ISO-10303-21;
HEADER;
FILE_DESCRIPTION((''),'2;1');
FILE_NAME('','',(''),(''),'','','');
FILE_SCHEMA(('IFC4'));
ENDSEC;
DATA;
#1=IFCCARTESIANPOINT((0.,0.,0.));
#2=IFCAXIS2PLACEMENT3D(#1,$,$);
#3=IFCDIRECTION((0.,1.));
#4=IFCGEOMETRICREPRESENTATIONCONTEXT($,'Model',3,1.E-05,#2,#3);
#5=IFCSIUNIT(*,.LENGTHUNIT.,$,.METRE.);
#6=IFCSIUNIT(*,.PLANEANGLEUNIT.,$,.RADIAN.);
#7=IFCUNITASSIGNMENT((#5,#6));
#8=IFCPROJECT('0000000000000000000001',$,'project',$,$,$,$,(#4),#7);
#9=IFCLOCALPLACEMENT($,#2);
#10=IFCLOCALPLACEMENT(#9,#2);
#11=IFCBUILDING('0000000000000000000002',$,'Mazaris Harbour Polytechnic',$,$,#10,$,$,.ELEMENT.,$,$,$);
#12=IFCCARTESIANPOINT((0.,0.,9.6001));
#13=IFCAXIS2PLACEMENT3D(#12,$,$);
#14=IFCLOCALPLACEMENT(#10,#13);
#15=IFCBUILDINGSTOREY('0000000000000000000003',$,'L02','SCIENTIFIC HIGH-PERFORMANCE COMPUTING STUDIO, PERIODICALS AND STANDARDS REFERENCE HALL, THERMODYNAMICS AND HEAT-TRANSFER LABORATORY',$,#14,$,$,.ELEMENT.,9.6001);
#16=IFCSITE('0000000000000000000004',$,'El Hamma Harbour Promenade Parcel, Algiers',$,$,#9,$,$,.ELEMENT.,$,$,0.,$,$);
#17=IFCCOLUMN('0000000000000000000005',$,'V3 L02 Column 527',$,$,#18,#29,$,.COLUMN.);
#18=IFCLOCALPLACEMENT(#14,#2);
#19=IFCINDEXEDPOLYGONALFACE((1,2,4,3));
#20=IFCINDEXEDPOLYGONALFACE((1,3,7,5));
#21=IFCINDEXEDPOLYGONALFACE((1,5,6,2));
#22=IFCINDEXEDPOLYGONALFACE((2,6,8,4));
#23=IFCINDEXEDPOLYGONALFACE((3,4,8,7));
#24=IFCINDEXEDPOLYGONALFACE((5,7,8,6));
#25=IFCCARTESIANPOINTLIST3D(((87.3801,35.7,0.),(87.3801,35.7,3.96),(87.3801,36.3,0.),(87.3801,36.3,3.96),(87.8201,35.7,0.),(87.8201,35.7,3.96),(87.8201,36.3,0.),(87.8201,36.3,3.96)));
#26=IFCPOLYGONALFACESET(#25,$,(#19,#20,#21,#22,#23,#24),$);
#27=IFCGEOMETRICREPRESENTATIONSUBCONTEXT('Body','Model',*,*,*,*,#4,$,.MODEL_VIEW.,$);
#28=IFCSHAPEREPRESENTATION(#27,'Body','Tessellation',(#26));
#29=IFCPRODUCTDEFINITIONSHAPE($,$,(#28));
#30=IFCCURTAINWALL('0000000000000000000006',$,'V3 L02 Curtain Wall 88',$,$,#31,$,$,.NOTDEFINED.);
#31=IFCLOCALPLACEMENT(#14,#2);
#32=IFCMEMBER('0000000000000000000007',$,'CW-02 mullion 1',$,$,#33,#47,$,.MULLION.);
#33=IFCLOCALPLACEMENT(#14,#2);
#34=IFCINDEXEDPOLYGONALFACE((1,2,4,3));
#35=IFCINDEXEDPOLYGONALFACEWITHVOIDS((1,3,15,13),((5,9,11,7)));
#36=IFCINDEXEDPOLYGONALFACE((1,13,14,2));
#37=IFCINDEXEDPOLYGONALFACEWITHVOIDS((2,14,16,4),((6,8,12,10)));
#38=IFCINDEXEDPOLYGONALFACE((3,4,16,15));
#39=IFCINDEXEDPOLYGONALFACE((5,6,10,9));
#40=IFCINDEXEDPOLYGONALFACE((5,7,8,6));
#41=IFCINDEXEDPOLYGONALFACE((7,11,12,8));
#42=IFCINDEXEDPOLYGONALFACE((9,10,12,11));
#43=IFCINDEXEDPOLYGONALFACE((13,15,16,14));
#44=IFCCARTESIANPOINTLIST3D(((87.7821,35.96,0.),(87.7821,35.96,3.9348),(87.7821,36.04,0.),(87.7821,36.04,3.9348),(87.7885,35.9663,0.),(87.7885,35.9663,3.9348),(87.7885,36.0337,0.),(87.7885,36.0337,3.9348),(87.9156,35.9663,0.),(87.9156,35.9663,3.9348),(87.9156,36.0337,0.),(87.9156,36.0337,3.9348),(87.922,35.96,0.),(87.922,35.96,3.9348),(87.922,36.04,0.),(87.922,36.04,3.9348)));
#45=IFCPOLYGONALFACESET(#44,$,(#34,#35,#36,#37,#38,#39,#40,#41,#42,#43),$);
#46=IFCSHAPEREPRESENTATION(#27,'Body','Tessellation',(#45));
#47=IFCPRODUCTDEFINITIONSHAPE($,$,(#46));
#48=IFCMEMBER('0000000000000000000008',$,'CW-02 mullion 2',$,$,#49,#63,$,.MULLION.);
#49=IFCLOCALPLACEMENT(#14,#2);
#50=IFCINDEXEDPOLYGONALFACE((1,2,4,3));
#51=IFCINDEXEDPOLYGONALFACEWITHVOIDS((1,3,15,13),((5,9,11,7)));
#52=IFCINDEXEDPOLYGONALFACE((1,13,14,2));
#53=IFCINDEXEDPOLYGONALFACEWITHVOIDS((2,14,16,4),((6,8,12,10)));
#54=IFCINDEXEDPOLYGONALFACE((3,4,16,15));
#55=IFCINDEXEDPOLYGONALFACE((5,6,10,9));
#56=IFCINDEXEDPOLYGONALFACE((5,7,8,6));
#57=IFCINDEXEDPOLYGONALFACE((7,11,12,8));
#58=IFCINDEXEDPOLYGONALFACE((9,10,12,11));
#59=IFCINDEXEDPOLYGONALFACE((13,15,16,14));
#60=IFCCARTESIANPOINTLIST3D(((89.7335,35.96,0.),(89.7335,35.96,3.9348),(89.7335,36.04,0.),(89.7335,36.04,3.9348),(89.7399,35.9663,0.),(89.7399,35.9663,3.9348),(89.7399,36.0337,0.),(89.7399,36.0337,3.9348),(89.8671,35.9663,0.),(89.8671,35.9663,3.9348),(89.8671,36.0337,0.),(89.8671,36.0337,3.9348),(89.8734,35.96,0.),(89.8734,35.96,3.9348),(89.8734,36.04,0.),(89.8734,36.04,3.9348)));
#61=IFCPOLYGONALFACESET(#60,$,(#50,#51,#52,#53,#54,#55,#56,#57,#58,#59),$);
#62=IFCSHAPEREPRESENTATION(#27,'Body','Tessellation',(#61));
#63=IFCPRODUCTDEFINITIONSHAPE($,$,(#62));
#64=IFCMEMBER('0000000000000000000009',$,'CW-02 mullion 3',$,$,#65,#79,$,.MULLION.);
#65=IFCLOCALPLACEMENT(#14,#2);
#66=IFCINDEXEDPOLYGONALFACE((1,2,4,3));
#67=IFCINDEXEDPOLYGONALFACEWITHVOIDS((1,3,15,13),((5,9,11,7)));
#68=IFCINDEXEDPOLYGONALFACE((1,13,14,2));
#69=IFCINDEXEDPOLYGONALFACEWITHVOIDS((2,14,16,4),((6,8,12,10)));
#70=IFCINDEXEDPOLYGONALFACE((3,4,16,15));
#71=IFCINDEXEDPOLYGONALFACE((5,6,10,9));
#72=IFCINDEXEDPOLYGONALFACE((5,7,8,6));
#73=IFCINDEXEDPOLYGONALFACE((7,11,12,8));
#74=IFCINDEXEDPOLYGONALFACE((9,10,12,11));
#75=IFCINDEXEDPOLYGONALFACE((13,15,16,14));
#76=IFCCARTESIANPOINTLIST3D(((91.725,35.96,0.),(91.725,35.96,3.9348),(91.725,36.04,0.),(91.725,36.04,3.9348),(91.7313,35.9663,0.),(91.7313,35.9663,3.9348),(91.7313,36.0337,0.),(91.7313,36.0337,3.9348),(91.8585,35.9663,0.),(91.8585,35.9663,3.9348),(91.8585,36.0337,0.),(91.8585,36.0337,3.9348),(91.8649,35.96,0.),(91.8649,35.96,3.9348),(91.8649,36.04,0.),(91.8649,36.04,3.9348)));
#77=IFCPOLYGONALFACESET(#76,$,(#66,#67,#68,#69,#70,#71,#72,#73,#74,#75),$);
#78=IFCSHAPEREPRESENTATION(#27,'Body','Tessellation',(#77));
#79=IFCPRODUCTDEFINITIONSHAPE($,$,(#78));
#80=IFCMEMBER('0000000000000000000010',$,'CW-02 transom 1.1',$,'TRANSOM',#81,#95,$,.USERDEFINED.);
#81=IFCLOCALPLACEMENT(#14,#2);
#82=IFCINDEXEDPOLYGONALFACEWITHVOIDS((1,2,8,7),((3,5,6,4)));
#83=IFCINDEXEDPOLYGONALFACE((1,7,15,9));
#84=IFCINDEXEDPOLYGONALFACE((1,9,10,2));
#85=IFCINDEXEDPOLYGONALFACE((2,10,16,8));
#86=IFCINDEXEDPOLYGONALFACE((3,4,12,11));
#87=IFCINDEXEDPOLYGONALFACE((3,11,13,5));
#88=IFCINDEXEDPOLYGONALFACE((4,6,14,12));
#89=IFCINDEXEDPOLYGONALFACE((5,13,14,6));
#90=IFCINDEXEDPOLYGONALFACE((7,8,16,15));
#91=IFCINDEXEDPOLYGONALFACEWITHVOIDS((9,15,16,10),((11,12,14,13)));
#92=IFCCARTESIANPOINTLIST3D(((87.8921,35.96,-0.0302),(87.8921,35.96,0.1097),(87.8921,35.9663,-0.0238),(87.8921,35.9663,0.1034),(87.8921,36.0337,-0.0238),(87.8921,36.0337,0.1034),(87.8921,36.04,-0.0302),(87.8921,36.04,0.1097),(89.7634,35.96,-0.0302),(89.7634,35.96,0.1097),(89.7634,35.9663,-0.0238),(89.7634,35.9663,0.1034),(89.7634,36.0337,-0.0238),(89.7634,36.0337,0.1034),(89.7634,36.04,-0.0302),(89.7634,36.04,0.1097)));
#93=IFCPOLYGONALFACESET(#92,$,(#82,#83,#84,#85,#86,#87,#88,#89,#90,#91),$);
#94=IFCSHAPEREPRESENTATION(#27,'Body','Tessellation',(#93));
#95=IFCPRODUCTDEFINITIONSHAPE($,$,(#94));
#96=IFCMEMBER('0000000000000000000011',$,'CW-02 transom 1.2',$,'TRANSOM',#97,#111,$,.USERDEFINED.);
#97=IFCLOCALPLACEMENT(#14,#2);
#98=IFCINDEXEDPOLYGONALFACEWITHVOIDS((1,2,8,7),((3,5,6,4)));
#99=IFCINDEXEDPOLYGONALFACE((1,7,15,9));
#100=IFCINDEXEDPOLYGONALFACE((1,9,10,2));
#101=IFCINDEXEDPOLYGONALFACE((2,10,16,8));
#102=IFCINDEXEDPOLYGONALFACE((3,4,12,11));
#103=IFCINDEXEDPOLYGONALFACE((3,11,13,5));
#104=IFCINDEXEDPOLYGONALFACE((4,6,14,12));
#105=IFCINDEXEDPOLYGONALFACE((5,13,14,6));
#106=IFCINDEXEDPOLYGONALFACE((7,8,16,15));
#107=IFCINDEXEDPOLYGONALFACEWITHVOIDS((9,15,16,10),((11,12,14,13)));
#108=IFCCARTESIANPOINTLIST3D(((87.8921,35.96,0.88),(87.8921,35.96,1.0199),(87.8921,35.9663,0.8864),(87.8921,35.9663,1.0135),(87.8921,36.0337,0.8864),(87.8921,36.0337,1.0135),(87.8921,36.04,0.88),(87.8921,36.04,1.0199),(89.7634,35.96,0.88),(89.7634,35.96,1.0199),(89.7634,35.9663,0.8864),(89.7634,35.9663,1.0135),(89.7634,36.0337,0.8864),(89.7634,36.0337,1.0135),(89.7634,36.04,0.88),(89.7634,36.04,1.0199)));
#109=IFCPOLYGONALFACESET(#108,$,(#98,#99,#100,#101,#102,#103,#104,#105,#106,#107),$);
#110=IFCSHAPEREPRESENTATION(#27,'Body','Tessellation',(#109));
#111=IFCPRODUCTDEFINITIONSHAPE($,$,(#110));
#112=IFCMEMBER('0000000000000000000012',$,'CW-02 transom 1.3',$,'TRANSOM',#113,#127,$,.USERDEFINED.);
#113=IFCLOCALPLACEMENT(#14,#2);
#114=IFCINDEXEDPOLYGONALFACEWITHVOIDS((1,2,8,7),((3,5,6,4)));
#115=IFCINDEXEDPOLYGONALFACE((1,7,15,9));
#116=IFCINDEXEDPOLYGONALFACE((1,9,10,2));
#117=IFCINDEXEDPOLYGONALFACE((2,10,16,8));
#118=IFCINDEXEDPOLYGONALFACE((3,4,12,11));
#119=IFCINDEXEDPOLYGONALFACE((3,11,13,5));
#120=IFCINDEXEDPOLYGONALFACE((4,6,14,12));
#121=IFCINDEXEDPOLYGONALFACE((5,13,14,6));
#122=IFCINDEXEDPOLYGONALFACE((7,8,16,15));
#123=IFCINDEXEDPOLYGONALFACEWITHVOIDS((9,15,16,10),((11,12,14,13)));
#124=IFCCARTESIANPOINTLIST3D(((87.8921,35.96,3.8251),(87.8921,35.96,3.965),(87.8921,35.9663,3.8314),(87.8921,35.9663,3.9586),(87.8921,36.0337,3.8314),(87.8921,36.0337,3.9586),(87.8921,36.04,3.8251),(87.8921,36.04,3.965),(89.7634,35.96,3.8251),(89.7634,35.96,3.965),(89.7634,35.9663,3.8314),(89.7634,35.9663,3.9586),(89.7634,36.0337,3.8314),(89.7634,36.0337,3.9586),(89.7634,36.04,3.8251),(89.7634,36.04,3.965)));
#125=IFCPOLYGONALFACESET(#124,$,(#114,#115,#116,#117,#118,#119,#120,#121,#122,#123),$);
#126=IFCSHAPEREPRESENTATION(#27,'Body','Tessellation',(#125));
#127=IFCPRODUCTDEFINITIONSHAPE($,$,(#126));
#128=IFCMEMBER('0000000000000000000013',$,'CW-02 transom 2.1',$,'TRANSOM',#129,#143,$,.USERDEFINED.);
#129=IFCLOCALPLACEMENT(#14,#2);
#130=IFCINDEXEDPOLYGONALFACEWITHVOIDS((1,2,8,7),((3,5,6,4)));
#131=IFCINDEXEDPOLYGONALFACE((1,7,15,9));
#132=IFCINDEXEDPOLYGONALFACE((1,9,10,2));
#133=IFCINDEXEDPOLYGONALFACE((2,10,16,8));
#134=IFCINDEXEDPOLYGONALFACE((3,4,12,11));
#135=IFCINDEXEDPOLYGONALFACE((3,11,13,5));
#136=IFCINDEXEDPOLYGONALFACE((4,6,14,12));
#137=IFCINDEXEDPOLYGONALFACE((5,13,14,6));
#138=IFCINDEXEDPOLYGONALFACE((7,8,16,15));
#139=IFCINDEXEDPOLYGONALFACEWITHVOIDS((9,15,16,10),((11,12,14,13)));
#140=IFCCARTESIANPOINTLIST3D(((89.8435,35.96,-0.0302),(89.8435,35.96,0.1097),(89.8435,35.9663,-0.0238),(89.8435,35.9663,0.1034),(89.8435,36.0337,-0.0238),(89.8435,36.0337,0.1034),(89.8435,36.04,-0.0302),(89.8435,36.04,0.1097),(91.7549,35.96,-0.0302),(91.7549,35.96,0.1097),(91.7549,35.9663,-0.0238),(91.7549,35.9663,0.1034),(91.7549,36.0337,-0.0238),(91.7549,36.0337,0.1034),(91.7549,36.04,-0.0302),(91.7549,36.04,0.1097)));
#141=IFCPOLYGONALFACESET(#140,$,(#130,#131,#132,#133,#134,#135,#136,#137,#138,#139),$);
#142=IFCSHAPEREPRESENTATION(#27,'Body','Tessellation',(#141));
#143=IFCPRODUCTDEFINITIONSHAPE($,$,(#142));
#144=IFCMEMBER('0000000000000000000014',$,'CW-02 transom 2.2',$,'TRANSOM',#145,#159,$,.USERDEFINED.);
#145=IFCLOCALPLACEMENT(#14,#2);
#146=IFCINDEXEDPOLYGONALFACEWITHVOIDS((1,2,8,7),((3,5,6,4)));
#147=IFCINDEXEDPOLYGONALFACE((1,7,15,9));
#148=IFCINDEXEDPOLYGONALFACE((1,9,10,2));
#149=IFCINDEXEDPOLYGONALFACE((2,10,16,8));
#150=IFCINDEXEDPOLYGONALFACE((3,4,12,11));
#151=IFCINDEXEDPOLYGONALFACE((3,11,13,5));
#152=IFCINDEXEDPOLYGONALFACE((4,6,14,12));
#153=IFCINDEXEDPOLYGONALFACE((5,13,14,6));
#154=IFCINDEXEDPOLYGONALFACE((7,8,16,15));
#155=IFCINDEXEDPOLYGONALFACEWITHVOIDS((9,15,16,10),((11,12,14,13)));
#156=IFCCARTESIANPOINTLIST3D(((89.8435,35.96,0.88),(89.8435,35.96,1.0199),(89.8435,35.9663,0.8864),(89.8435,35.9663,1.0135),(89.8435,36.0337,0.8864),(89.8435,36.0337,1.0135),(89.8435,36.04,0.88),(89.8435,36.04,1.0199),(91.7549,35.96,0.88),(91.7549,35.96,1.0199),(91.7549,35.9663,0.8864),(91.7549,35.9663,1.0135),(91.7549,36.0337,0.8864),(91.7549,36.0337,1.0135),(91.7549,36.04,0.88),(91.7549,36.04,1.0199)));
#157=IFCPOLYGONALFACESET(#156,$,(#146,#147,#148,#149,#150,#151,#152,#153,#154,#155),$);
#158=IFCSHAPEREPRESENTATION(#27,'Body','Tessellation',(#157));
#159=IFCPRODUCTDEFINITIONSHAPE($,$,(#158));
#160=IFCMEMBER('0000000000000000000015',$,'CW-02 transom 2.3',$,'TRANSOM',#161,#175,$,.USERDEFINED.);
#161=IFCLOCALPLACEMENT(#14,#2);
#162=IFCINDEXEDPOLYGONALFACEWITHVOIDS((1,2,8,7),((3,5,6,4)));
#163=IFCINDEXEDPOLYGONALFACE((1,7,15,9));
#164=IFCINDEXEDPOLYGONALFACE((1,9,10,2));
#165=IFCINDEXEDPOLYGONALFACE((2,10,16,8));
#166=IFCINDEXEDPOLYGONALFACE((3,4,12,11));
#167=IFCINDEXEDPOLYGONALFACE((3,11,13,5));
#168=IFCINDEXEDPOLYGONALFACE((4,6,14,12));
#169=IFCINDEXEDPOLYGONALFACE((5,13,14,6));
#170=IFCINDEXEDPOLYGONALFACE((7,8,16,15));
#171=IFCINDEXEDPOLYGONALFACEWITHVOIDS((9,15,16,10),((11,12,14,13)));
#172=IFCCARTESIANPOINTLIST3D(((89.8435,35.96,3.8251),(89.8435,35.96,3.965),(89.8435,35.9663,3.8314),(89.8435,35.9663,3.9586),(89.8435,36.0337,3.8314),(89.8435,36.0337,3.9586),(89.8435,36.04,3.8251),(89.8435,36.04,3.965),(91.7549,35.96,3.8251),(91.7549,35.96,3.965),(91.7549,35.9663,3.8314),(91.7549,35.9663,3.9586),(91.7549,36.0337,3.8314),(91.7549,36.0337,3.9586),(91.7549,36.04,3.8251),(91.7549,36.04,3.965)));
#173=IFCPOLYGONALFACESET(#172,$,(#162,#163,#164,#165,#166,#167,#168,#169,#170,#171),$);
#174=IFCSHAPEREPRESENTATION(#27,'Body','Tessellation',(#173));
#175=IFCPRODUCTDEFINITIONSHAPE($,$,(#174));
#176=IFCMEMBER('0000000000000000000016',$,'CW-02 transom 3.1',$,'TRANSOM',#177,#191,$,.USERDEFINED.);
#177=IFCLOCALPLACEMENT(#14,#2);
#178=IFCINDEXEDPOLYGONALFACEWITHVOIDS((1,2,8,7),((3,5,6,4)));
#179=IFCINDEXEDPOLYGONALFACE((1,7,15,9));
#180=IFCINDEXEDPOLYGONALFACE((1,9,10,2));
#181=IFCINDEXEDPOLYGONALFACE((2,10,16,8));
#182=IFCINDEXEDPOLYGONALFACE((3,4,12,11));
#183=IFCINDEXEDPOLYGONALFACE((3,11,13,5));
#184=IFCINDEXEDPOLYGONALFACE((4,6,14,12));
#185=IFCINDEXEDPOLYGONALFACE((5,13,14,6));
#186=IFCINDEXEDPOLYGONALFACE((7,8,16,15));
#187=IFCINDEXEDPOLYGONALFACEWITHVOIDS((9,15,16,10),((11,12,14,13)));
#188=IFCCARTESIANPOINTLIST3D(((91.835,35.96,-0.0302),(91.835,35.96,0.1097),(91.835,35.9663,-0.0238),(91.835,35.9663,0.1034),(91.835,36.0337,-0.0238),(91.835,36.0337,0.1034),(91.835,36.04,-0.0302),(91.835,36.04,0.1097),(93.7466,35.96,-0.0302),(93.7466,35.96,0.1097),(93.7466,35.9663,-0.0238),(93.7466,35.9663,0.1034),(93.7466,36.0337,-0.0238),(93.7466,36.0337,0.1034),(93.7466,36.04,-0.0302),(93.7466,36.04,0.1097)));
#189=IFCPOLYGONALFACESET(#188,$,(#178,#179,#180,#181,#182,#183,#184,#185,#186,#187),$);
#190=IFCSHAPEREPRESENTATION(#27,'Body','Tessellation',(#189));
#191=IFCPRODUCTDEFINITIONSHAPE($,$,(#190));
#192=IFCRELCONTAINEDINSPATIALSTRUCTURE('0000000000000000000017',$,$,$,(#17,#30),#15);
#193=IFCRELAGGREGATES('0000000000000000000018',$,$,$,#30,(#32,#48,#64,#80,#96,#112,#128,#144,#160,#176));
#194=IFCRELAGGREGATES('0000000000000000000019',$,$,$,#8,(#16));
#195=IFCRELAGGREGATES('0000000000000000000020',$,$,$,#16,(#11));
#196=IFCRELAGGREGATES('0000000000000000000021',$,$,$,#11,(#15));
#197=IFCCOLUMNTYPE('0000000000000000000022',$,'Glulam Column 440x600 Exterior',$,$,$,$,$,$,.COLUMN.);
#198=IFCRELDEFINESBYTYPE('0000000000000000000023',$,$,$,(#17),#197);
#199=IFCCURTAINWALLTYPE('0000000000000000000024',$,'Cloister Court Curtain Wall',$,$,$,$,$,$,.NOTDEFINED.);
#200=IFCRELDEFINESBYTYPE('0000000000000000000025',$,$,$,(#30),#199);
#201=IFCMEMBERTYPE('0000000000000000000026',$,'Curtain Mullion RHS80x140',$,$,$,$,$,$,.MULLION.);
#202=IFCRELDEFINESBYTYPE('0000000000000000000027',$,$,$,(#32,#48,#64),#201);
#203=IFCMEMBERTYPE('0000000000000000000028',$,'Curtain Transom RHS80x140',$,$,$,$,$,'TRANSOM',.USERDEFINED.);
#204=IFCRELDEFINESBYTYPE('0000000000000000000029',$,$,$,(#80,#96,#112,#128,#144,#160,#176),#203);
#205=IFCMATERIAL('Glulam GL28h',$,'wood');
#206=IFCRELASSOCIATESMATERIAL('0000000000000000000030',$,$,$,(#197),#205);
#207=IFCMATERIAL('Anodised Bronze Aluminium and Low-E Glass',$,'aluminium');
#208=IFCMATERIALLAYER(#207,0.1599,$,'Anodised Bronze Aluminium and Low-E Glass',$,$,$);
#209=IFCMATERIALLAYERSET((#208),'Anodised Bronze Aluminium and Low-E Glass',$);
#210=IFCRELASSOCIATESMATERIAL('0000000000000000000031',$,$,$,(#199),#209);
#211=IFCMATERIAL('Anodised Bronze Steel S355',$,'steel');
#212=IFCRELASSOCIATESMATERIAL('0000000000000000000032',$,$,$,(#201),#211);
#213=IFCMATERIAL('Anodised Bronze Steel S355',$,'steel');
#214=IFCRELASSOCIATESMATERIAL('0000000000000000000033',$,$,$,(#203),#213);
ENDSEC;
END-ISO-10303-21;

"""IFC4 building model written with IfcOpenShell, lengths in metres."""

from ifc_helpers import new_model, si_unit, direction, frame, origin, origin_2d, place, context, subcontext, project, spatial, rectangle, hollow_rectangle, extrude, material, layer, layer_set, material_profile, profile_set, type_object, element, aggregate, save


model = new_model("IFC4")

# Units and contexts
model_context = context("Model", 3, precision=1e-05, world=origin(), true_north=direction((0.0, 1.0)))
body_context = subcontext(model_context, "Body", "Model", "MODEL_VIEW")
ifc_project = project(units=[si_unit("LENGTHUNIT", "METRE"), si_unit("PLANEANGLEUNIT", "RADIAN")], contexts=[model_context])

# Site, building, storey
site_placement = place(None, origin())
site = spatial("IfcSite", under=ifc_project, at=site_placement, Name="El Hamma Harbour Promenade Parcel, Algiers", CompositionType="ELEMENT", RefElevation=0.0)
building_placement = place(site_placement, origin())
building = spatial("IfcBuilding", under=site, at=building_placement, Name="Mazaris Harbour Polytechnic", CompositionType="ELEMENT")
storey_placement = place(building_placement, frame((0.0, 0.0, 9.6001)))
storey = spatial("IfcBuildingStorey", under=building, at=storey_placement, Name="L02", Description="SCIENTIFIC HIGH-PERFORMANCE COMPUTING STUDIO, PERIODICALS AND STANDARDS REFERENCE HALL, THERMODYNAMICS AND HEAT-TRANSFER LABORATORY", CompositionType="ELEMENT", Elevation=9.6001)

# Column
ifc_material_1 = material(Name="Glulam GL28h", Category="wood")
ifc_material_profile_1 = material_profile(ifc_material_1, rectangle(XDim=0.4399, YDim=0.6001, at=origin_2d()), Name="RECT440x600")
ifc_profile_set_1 = profile_set([ifc_material_profile_1], Name="Glulam GL28h")
column_type = type_object("IfcColumnType", Name="Glulam Column 440x600 Exterior", PredefinedType="COLUMN", material=ifc_profile_set_1)
column_placement = place(storey_placement, frame((87.6001, 36.0, 0.0), z_axis=(0.0, 0.0, 1.0), x_axis=(1.0, 0.0, 0.0)))
element("IfcColumn", 1, at=column_placement, inside=storey, type_object=column_type, Name="V3 L02 Column 527", PredefinedType="COLUMN", context=body_context, shape_type="SweptSolid", body=[
    extrude(rectangle(XDim=0.4399, YDim=0.6001, at=origin_2d()), origin(), (0.0, 0.0, 1.0), 3.96),
])

# Curtain wall, members
ifc_material_2 = material(Name="Anodised Bronze Aluminium and Low-E Glass", Category="aluminium")
ifc_layer_1 = layer(ifc_material_2, 0.1599, Name="Anodised Bronze Aluminium and Low-E Glass")
ifc_layer_set_1 = layer_set([ifc_layer_1], Name="Anodised Bronze Aluminium and Low-E Glass")
curtain_wall_type = type_object("IfcCurtainWallType", Name="Cloister Court Curtain Wall", PredefinedType="NOTDEFINED", material=ifc_layer_set_1)
curtain_wall_placement = place(storey_placement, origin())
curtain_wall = element("IfcCurtainWall", 2, at=curtain_wall_placement, inside=storey, type_object=curtain_wall_type, Name="V3 L02 Curtain Wall 88", PredefinedType="NOTDEFINED")
ifc_material_3 = material(Name="Anodised Bronze Steel S355", Category="steel")
ifc_material_profile_2 = material_profile(ifc_material_3, hollow_rectangle(XDim=0.0801, YDim=0.1399, WallThickness=0.0063, at=origin_2d()), Name="RHS 80x140x6.3")
ifc_profile_set_2 = profile_set([ifc_material_profile_2], Name="Anodised Bronze Steel S355")
member_type_1 = type_object("IfcMemberType", Name="Curtain Mullion RHS80x140", PredefinedType="MULLION", material=ifc_profile_set_2)
member_1_placement = place(storey_placement, frame((87.8521, 36.0, 0.0), z_axis=(0.0, 0.0, 1.0), x_axis=(0.0, 1.0, 0.0)))
member_1 = element("IfcMember", 3, at=member_1_placement, type_object=member_type_1, Name="CW-02 mullion 1", PredefinedType="MULLION", context=body_context, shape_type="SweptSolid", body=[
    extrude(hollow_rectangle(XDim=0.0801, YDim=0.1399, WallThickness=0.0063, at=origin_2d()), origin(), (0.0, 0.0, 1.0), 3.9348),
])
member_2_placement = place(storey_placement, frame((89.8035, 36.0, 0.0), z_axis=(0.0, 0.0, 1.0), x_axis=(0.0, 1.0, 0.0)))
member_2 = element("IfcMember", 4, at=member_2_placement, type_object=member_type_1, Name="CW-02 mullion 2", PredefinedType="MULLION", context=body_context, shape_type="SweptSolid", body=[
    extrude(hollow_rectangle(XDim=0.0801, YDim=0.1399, WallThickness=0.0063, at=origin_2d()), origin(), (0.0, 0.0, 1.0), 3.9348),
])
member_3_placement = place(storey_placement, frame((91.7949, 36.0, 0.0), z_axis=(0.0, 0.0, 1.0), x_axis=(0.0, 1.0, 0.0)))
member_3 = element("IfcMember", 5, at=member_3_placement, type_object=member_type_1, Name="CW-02 mullion 3", PredefinedType="MULLION", context=body_context, shape_type="SweptSolid", body=[
    extrude(hollow_rectangle(XDim=0.0801, YDim=0.1399, WallThickness=0.0063, at=origin_2d()), origin(), (0.0, 0.0, 1.0), 3.9348),
])
ifc_material_4 = material(Name="Anodised Bronze Steel S355", Category="steel")
ifc_material_profile_3 = material_profile(ifc_material_4, hollow_rectangle(XDim=0.0801, YDim=0.1399, WallThickness=0.0063, at=origin_2d()), Name="RHS 80x140x6.3")
ifc_profile_set_3 = profile_set([ifc_material_profile_3], Name="Anodised Bronze Steel S355")
member_type_2 = type_object("IfcMemberType", Name="Curtain Transom RHS80x140", ElementType="TRANSOM", PredefinedType="USERDEFINED", material=ifc_profile_set_3)
member_4_placement = place(storey_placement, frame((87.8921, 36.0, 0.0398), z_axis=(1.0, 0.0, 0.0), x_axis=(0.0, 1.0, 0.0)))
member_4 = element("IfcMember", 6, at=member_4_placement, type_object=member_type_2, Name="CW-02 transom 1.1", ObjectType="TRANSOM", PredefinedType="USERDEFINED", context=body_context, shape_type="SweptSolid", body=[
    extrude(hollow_rectangle(XDim=0.0801, YDim=0.1399, WallThickness=0.0063, at=origin_2d()), origin(), (0.0, 0.0, 1.0), 1.8713),
])
member_5_placement = place(storey_placement, frame((87.8921, 36.0, 0.95), z_axis=(1.0, 0.0, 0.0), x_axis=(0.0, 1.0, 0.0)))
member_5 = element("IfcMember", 7, at=member_5_placement, type_object=member_type_2, Name="CW-02 transom 1.2", ObjectType="TRANSOM", PredefinedType="USERDEFINED", context=body_context, shape_type="SweptSolid", body=[
    extrude(hollow_rectangle(XDim=0.0801, YDim=0.1399, WallThickness=0.0063, at=origin_2d()), origin(), (0.0, 0.0, 1.0), 1.8713),
])
member_6_placement = place(storey_placement, frame((87.8921, 36.0, 3.895), z_axis=(1.0, 0.0, 0.0), x_axis=(0.0, 1.0, 0.0)))
member_6 = element("IfcMember", 8, at=member_6_placement, type_object=member_type_2, Name="CW-02 transom 1.3", ObjectType="TRANSOM", PredefinedType="USERDEFINED", context=body_context, shape_type="SweptSolid", body=[
    extrude(hollow_rectangle(XDim=0.0801, YDim=0.1399, WallThickness=0.0063, at=origin_2d()), origin(), (0.0, 0.0, 1.0), 1.8713),
])
member_7_placement = place(storey_placement, frame((89.8435, 36.0, 0.0398), z_axis=(1.0, 0.0, 0.0), x_axis=(0.0, 1.0, 0.0)))
member_7 = element("IfcMember", 9, at=member_7_placement, type_object=member_type_2, Name="CW-02 transom 2.1", ObjectType="TRANSOM", PredefinedType="USERDEFINED", context=body_context, shape_type="SweptSolid", body=[
    extrude(hollow_rectangle(XDim=0.0801, YDim=0.1399, WallThickness=0.0063, at=origin_2d()), origin(), (0.0, 0.0, 1.0), 1.9114),
])
member_8_placement = place(storey_placement, frame((89.8435, 36.0, 0.95), z_axis=(1.0, 0.0, 0.0), x_axis=(0.0, 1.0, 0.0)))
member_8 = element("IfcMember", 10, at=member_8_placement, type_object=member_type_2, Name="CW-02 transom 2.2", ObjectType="TRANSOM", PredefinedType="USERDEFINED", context=body_context, shape_type="SweptSolid", body=[
    extrude(hollow_rectangle(XDim=0.0801, YDim=0.1399, WallThickness=0.0063, at=origin_2d()), origin(), (0.0, 0.0, 1.0), 1.9114),
])
member_9_placement = place(storey_placement, frame((89.8435, 36.0, 3.895), z_axis=(1.0, 0.0, 0.0), x_axis=(0.0, 1.0, 0.0)))
member_9 = element("IfcMember", 11, at=member_9_placement, type_object=member_type_2, Name="CW-02 transom 2.3", ObjectType="TRANSOM", PredefinedType="USERDEFINED", context=body_context, shape_type="SweptSolid", body=[
    extrude(hollow_rectangle(XDim=0.0801, YDim=0.1399, WallThickness=0.0063, at=origin_2d()), origin(), (0.0, 0.0, 1.0), 1.9114),
])
member_10_placement = place(storey_placement, frame((91.835, 36.0, 0.0398), z_axis=(1.0, 0.0, 0.0), x_axis=(0.0, 1.0, 0.0)))
member_10 = element("IfcMember", 12, at=member_10_placement, type_object=member_type_2, Name="CW-02 transom 3.1", ObjectType="TRANSOM", PredefinedType="USERDEFINED", context=body_context, shape_type="SweptSolid", body=[
    extrude(hollow_rectangle(XDim=0.0801, YDim=0.1399, WallThickness=0.0063, at=origin_2d()), origin(), (0.0, 0.0, 1.0), 1.9116),
])
aggregate(curtain_wall, [member_1, member_2, member_3, member_4, member_5, member_6, member_7, member_8, member_9, member_10])

save(model, "model.ifc")
